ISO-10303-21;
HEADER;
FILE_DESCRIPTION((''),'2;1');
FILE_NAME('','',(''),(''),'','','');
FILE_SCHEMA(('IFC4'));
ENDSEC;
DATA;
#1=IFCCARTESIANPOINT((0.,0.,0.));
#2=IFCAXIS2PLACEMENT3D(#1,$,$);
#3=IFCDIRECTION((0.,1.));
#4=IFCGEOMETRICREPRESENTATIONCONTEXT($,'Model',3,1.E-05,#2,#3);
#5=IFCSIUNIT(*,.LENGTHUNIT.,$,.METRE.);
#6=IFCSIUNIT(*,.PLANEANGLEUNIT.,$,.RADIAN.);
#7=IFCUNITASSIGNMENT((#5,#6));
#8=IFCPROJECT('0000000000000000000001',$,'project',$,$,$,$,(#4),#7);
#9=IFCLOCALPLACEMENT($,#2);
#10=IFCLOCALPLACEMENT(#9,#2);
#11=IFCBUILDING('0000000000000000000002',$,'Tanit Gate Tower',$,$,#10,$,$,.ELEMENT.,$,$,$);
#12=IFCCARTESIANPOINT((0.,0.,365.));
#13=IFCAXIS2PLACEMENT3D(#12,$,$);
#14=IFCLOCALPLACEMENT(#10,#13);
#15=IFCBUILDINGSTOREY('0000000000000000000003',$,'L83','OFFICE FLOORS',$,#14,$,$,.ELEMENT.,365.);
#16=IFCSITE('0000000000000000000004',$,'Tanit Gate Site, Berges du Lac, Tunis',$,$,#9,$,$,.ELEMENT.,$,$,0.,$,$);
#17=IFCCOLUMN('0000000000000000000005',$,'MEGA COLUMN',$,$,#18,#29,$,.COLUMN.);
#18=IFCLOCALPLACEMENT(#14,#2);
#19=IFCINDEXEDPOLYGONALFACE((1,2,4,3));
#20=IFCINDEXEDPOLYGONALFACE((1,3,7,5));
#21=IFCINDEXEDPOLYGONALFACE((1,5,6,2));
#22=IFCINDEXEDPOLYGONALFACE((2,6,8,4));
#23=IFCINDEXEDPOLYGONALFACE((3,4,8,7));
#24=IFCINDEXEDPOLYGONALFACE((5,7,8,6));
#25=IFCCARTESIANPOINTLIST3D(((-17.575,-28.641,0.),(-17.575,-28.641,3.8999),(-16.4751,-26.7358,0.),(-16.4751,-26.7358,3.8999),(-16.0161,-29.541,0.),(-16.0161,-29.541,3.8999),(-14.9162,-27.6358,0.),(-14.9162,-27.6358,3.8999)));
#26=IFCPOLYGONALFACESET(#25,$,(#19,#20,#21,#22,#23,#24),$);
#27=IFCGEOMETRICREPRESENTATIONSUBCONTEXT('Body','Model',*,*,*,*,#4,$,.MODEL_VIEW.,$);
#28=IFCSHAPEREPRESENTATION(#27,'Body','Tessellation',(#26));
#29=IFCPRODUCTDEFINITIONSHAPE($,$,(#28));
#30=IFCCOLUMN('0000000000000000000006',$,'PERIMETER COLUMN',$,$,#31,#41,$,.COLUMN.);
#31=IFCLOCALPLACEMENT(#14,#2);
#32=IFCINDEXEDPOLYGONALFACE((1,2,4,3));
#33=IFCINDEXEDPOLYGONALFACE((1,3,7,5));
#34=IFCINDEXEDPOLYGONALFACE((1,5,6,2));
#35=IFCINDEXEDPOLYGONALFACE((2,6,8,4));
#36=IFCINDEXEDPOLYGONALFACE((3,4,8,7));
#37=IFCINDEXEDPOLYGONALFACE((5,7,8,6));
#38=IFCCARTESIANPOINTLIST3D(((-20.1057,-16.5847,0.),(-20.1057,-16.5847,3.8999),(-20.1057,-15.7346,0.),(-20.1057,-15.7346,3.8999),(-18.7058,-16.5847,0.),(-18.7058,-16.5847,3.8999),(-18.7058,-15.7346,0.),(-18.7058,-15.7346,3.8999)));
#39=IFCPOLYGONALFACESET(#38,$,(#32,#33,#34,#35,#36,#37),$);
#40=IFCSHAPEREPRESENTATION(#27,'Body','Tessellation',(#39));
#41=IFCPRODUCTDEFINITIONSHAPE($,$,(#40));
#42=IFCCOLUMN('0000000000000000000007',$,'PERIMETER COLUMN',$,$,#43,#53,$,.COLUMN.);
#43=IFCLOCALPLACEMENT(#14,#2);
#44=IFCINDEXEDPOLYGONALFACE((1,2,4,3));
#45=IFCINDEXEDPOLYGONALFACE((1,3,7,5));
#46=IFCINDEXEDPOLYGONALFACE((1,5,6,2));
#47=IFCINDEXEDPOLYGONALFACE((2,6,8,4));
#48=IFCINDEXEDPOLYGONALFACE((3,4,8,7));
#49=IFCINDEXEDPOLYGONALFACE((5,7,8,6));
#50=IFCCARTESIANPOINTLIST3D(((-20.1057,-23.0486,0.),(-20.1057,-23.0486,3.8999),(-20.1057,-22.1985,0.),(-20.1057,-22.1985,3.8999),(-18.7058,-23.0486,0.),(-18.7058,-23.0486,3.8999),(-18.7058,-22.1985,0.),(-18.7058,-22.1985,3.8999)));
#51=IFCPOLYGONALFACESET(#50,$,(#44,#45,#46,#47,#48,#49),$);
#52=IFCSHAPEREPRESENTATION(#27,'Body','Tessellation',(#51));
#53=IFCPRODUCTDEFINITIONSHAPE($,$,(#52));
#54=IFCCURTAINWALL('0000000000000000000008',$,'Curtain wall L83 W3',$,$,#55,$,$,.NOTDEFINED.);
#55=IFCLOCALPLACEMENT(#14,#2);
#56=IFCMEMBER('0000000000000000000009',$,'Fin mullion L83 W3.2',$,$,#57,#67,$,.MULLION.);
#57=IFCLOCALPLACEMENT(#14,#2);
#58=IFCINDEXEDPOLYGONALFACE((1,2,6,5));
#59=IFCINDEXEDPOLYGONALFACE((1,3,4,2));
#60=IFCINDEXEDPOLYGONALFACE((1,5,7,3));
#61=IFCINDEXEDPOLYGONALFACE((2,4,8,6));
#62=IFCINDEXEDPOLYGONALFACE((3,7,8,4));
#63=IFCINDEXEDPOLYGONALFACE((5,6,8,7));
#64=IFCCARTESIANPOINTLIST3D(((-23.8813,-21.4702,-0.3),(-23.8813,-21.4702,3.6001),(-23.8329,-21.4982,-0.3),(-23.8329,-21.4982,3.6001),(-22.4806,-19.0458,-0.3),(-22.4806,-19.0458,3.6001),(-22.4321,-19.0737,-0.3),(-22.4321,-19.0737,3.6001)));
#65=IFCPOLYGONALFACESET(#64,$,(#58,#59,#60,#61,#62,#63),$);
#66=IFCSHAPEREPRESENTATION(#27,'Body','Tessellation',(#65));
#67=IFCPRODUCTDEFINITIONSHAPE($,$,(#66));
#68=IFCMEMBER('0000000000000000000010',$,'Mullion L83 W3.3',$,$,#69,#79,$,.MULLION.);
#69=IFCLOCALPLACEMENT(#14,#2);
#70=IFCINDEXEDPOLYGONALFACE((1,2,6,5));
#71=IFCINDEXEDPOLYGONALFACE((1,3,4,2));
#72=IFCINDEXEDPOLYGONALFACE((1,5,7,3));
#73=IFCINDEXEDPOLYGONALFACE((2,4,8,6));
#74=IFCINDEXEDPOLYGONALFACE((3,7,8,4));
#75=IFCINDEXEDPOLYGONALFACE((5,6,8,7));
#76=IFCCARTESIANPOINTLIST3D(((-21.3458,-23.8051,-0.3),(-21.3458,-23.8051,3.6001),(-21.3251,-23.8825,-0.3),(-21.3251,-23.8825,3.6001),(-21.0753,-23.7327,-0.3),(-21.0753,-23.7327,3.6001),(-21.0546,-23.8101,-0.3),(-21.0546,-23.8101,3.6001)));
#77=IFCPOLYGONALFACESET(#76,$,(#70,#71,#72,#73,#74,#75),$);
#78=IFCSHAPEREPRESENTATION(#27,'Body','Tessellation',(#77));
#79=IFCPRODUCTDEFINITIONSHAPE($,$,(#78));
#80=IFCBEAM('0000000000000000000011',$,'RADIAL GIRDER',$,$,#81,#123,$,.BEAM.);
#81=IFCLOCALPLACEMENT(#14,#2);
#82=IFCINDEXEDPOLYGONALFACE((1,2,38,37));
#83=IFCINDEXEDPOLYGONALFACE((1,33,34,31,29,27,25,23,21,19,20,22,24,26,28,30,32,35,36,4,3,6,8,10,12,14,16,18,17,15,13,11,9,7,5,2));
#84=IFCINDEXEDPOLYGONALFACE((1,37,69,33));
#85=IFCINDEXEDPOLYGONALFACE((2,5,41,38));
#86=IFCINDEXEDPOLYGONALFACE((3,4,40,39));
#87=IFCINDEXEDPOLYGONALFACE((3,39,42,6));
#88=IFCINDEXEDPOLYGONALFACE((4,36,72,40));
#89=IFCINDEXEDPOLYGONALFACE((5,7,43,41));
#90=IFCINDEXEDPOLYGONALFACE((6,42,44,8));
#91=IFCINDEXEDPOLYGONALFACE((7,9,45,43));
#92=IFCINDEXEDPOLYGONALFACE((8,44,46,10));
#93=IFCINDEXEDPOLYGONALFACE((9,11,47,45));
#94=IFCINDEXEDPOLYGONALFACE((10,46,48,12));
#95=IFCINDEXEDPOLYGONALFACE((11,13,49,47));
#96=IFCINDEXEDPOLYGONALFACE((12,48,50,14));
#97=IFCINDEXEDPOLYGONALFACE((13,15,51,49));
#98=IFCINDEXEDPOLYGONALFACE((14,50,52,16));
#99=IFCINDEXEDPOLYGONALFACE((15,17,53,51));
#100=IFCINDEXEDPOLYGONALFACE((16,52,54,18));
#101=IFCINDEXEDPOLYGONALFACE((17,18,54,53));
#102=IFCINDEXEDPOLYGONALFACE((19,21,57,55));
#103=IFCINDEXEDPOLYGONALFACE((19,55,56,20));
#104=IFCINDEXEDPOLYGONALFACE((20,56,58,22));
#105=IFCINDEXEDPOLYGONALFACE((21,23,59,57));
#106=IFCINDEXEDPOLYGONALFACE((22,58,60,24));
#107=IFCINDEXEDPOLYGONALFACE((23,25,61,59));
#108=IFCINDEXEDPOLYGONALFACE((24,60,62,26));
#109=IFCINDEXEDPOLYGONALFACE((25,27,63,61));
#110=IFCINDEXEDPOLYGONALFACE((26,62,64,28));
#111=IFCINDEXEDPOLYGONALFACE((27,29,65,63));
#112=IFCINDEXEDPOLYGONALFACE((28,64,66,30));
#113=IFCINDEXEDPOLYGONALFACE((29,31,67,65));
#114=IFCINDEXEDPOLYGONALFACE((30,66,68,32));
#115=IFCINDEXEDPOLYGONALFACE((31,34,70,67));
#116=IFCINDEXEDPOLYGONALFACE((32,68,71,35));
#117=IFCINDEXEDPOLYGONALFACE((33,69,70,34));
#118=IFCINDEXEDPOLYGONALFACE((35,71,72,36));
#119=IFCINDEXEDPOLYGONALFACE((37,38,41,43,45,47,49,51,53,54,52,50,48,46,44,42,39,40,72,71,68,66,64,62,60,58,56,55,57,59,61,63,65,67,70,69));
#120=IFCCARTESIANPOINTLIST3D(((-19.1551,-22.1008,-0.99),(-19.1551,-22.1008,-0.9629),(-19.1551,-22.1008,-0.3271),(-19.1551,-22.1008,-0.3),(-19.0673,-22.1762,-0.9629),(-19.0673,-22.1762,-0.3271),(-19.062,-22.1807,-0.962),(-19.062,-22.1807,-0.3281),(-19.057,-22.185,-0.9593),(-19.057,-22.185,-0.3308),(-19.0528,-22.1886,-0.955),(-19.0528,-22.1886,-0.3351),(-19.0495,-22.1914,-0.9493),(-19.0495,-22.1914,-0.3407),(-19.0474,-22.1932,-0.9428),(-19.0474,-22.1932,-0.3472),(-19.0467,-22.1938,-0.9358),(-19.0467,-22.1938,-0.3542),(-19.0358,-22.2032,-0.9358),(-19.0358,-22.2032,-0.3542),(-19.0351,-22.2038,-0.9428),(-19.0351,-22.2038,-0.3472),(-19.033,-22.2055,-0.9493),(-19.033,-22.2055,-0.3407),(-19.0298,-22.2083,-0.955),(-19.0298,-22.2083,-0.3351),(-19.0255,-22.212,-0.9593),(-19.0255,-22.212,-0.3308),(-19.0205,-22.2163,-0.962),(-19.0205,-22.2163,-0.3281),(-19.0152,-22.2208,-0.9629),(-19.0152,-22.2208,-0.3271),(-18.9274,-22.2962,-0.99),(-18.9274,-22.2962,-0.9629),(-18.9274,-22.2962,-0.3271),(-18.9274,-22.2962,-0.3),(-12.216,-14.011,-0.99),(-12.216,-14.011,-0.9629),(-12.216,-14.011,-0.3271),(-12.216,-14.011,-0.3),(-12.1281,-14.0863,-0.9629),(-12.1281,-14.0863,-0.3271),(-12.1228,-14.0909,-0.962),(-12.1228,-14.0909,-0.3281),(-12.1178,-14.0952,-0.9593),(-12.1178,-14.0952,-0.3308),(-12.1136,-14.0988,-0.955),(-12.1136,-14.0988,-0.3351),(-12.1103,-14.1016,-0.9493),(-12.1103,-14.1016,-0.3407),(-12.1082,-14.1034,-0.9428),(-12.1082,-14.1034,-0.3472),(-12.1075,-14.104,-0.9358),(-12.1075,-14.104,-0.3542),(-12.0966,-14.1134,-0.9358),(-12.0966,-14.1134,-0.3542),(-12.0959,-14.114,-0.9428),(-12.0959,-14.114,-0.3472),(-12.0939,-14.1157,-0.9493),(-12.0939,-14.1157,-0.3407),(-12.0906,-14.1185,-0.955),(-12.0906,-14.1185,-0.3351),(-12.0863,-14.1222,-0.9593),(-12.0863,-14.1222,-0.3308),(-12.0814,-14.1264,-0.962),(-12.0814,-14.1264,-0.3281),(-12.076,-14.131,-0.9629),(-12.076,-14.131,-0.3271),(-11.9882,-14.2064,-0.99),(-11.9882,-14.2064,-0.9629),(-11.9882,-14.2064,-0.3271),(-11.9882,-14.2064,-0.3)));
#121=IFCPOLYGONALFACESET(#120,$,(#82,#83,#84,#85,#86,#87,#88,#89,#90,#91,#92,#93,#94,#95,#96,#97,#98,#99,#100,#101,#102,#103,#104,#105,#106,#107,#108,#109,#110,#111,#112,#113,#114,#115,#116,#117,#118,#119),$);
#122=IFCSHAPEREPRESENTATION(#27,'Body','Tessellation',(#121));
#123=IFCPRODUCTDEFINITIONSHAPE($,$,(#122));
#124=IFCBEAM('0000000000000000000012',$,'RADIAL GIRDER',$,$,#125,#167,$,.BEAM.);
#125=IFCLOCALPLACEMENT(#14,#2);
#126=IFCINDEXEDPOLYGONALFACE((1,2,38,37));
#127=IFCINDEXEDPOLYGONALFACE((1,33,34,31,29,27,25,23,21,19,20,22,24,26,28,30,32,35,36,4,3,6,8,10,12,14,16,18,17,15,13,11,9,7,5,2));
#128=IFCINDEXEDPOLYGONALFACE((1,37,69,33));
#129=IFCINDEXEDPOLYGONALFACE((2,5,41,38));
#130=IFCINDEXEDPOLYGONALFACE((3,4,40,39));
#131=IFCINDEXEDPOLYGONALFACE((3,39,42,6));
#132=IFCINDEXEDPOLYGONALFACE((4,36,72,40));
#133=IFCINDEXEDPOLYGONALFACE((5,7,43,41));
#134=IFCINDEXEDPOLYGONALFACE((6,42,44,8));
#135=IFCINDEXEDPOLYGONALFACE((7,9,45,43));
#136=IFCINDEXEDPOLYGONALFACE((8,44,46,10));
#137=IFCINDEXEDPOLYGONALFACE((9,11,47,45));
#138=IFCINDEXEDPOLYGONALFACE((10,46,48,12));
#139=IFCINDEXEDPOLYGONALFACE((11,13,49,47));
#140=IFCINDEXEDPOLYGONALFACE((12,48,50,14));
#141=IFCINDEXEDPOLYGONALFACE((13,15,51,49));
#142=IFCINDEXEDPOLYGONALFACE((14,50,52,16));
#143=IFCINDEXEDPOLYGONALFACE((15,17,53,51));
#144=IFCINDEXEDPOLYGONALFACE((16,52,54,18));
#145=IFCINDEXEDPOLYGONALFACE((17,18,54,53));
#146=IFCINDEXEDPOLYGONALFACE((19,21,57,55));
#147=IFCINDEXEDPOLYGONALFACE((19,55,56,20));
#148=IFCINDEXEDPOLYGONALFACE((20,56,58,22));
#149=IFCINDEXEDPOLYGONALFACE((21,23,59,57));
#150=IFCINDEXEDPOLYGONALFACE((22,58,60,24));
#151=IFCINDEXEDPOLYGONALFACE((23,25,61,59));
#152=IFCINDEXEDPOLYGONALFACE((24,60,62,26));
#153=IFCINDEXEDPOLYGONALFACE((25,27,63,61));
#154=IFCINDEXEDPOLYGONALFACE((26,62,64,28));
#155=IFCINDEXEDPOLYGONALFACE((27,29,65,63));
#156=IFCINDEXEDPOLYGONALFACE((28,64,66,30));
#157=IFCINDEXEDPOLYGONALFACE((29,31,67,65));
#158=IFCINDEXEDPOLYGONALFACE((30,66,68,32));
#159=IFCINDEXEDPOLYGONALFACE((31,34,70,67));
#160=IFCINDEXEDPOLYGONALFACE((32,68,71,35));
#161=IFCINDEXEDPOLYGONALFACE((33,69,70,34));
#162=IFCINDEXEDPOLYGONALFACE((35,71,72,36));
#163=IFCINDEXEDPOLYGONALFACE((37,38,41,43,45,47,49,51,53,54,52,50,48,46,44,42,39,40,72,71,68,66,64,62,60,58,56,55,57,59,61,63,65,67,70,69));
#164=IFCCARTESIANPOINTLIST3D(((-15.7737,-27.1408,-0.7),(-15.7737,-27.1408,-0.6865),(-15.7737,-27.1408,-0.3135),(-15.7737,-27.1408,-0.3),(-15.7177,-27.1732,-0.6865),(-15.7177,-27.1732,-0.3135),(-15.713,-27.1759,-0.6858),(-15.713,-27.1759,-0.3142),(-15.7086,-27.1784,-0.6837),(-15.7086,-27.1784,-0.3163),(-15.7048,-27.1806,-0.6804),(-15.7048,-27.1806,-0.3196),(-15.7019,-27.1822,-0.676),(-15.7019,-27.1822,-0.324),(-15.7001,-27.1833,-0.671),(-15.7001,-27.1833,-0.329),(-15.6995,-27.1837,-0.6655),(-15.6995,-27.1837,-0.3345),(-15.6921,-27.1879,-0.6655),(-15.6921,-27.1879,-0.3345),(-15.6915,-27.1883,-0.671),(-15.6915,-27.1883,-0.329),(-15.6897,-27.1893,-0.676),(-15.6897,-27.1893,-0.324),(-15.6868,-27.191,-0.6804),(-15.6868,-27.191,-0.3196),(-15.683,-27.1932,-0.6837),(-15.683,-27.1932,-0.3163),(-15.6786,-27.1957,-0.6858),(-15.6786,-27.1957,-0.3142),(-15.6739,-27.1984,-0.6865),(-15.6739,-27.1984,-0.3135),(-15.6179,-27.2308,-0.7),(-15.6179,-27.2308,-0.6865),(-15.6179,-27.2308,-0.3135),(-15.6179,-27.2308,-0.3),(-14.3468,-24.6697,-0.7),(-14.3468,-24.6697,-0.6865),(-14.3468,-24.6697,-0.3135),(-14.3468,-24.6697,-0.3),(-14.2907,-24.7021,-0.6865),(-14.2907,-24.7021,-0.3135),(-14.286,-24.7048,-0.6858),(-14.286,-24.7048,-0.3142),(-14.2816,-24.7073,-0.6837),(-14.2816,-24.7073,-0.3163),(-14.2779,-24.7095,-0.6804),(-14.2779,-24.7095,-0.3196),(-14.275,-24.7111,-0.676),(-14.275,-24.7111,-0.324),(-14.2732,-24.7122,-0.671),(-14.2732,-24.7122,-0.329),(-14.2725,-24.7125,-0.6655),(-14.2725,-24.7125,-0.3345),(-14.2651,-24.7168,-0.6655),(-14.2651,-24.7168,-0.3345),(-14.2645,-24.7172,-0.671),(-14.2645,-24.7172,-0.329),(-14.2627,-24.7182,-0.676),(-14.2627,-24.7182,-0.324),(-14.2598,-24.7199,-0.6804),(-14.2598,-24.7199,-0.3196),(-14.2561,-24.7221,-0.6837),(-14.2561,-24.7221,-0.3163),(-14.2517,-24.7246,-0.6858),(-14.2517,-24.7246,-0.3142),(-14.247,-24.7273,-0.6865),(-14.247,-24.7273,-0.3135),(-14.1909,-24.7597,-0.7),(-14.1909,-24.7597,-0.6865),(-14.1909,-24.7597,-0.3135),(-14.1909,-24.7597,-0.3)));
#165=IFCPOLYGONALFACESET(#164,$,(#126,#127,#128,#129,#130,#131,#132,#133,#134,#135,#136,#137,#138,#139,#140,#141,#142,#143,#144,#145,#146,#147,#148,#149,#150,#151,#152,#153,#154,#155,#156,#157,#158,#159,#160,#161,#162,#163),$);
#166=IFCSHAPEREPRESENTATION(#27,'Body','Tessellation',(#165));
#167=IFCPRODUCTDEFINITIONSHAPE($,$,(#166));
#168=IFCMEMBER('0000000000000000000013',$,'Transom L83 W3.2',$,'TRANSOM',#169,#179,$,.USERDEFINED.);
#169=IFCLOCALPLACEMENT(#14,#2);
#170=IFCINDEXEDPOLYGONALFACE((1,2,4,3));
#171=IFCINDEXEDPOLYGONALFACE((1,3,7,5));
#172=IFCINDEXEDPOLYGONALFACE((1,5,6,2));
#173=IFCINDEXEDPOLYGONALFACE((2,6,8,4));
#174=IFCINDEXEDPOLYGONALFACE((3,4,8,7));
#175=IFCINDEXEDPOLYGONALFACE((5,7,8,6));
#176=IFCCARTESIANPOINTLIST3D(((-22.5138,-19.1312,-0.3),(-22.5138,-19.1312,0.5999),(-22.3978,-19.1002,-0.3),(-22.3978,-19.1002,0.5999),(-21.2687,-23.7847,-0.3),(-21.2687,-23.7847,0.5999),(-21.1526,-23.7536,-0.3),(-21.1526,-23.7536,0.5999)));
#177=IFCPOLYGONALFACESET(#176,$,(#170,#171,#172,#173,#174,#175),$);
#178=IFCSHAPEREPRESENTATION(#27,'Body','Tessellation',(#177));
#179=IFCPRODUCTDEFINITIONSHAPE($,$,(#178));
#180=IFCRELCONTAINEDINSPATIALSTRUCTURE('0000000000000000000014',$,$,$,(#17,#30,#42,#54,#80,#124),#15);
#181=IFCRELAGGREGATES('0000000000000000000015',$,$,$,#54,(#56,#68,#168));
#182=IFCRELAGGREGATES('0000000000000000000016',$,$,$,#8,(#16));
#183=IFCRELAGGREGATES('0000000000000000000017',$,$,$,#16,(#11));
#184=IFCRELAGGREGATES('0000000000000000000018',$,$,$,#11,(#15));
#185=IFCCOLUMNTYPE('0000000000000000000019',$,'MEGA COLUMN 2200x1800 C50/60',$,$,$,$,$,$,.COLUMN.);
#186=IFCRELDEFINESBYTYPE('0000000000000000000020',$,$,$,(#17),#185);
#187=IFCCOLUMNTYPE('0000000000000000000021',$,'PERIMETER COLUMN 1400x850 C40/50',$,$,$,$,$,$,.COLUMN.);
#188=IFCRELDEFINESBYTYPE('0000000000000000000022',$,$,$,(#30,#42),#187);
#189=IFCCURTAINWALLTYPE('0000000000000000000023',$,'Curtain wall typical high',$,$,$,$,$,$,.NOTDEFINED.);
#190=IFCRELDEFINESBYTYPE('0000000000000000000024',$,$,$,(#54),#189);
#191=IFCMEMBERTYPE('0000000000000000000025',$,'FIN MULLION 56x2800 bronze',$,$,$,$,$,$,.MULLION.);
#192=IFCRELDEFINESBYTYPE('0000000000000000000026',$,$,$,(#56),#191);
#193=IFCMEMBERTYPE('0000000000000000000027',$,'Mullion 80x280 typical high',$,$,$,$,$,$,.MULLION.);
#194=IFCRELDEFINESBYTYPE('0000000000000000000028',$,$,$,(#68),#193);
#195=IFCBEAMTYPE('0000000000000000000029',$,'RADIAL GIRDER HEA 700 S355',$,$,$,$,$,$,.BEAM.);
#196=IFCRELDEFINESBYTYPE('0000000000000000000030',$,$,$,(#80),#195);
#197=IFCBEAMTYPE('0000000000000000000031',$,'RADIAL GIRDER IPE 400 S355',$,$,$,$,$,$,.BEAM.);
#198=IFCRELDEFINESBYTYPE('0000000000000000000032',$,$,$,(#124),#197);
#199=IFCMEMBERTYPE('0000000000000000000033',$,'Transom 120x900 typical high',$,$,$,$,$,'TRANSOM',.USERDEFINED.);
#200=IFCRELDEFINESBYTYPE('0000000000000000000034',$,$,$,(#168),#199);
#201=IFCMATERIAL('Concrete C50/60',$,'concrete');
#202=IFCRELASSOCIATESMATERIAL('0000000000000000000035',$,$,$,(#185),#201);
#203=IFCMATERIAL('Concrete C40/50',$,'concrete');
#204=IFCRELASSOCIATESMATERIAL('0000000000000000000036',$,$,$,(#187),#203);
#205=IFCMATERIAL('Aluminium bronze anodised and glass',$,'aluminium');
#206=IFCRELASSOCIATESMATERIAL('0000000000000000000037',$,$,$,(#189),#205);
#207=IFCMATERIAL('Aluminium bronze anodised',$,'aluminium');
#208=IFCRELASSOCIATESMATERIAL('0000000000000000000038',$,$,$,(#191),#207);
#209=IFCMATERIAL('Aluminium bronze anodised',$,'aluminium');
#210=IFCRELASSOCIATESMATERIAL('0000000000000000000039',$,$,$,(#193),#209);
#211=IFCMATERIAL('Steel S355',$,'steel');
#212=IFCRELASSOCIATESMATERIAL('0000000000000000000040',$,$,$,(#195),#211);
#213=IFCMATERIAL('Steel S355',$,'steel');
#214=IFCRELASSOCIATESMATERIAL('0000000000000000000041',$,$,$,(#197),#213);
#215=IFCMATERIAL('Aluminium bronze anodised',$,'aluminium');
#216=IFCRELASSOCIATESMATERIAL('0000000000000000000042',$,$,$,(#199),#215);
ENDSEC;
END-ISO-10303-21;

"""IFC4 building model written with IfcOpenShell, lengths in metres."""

from ifc_helpers import new_model, si_unit, direction, frame, origin, origin_2d, place, context, subcontext, project, spatial, rectangle, i_section, extrude, material, material_profile, profile_set, type_object, element, aggregate, save


model = new_model("IFC4")

# Units and contexts
model_context = context("Model", 3, precision=1e-05, world=origin(), true_north=direction((0.0, 1.0)))
body_context = subcontext(model_context, "Body", "Model", "MODEL_VIEW")
ifc_project = project(units=[si_unit("LENGTHUNIT", "METRE"), si_unit("PLANEANGLEUNIT", "RADIAN")], contexts=[model_context])

# Site, building, storey
site_placement = place(None, origin())
site = spatial("IfcSite", under=ifc_project, at=site_placement, Name="Tanit Gate Site, Berges du Lac, Tunis", CompositionType="ELEMENT", RefElevation=0.0)
building_placement = place(site_placement, origin())
building = spatial("IfcBuilding", under=site, at=building_placement, Name="Tanit Gate Tower", CompositionType="ELEMENT")
storey_placement = place(building_placement, frame((0.0, 0.0, 365.0)))
storey = spatial("IfcBuildingStorey", under=building, at=storey_placement, Name="L83", Description="OFFICE FLOORS", CompositionType="ELEMENT", Elevation=365.0)

# Columns
ifc_material_1 = material(Name="Concrete C50/60", Category="concrete")
ifc_material_profile_1 = material_profile(ifc_material_1, rectangle(XDim=2.2, YDim=1.8, at=origin_2d()), Name="RC 2200x1800")
ifc_profile_set_1 = profile_set([ifc_material_profile_1], Name="Concrete C50/60")
column_type_1 = type_object("IfcColumnType", Name="MEGA COLUMN 2200x1800 C50/60", PredefinedType="COLUMN", material=ifc_profile_set_1)
column_placement = place(storey_placement, frame((-16.2456, -28.1384, 0.0), z_axis=(0.0, 0.0, 1.0), x_axis=(-0.5, -0.866025, 0.0)))
element("IfcColumn", 1, at=column_placement, inside=storey, type_object=column_type_1, Name="MEGA COLUMN", PredefinedType="COLUMN", context=body_context, shape_type="SweptSolid", body=[
    extrude(rectangle(XDim=2.2, YDim=1.8, at=origin_2d()), origin(), (0.0, 0.0, 1.0), 3.8999),
])
ifc_material_2 = material(Name="Concrete C40/50", Category="concrete")
ifc_material_profile_2 = material_profile(ifc_material_2, rectangle(XDim=1.3999, YDim=0.8501, at=origin_2d()), Name="RC 1400x850")
ifc_profile_set_2 = profile_set([ifc_material_profile_2], Name="Concrete C40/50")
column_type_2 = type_object("IfcColumnType", Name="PERIMETER COLUMN 1400x850 C40/50", PredefinedType="COLUMN", material=ifc_profile_set_2)
for number, where, z_axis, x_axis, name in (
    (2, (-19.4058, -16.1597, 0.0), (0.0, 0.0, 1.0), (-1.0, 0.0, 0.0), "PERIMETER COLUMN"),
    (3, (-19.4058, -22.6235, 0.0), (0.0, 0.0, 1.0), (-1.0, 0.0, 0.0), "PERIMETER COLUMN"),
):
    element("IfcColumn", number, at=place(storey_placement, frame(where, z_axis=z_axis, x_axis=x_axis)), inside=storey, type_object=column_type_2, Name=name, PredefinedType="COLUMN", context=body_context, shape_type="SweptSolid", body=[
        extrude(rectangle(XDim=1.3999, YDim=0.8501, at=origin_2d()), origin(), (0.0, 0.0, 1.0), 3.8999),
    ])

# Curtain wall, members
ifc_material_3 = material(Name="Aluminium bronze anodised and glass", Category="aluminium")
curtain_wall_type = type_object("IfcCurtainWallType", Name="Curtain wall typical high", PredefinedType="NOTDEFINED", material=ifc_material_3)
curtain_wall_placement = place(storey_placement, origin())
curtain_wall = element("IfcCurtainWall", 4, at=curtain_wall_placement, inside=storey, type_object=curtain_wall_type, Name="Curtain wall L83 W3", PredefinedType="NOTDEFINED")
ifc_material_4 = material(Name="Aluminium bronze anodised", Category="aluminium")
ifc_material_profile_3 = material_profile(ifc_material_4, rectangle(XDim=2.8, YDim=0.0559, at=origin_2d()), Name="56x2800 bronze fin mullion")
ifc_profile_set_3 = profile_set([ifc_material_profile_3], Name="Aluminium bronze anodised")
member_type_1 = type_object("IfcMemberType", Name="FIN MULLION 56x2800 bronze", PredefinedType="MULLION", material=ifc_profile_set_3)
member_1_placement = place(storey_placement, frame((-23.1567, -20.272, -0.3), z_axis=(0.0, 0.0, 1.0), x_axis=(0.500272, 0.865868, 0.0)))
member_1 = element("IfcMember", 5, at=member_1_placement, type_object=member_type_1, Name="Fin mullion L83 W3.2", PredefinedType="MULLION", context=body_context, shape_type="SweptSolid", body=[
    extrude(rectangle(XDim=2.8, YDim=0.0559, at=origin_2d()), origin(), (0.0, 0.0, 1.0), 3.9001),
])
ifc_material_5 = material(Name="Aluminium bronze anodised", Category="aluminium")
ifc_material_profile_4 = material_profile(ifc_material_5, rectangle(XDim=0.28, YDim=0.0801, at=origin_2d()), Name="80x280 bronze mullion")
ifc_profile_set_4 = profile_set([ifc_material_profile_4], Name="Aluminium bronze anodised")
member_type_2 = type_object("IfcMemberType", Name="Mullion 80x280 typical high", PredefinedType="MULLION", material=ifc_profile_set_4)
member_2_placement = place(storey_placement, frame((-21.2002, -23.8076, -0.3), z_axis=(0.0, 0.0, 1.0), x_axis=(0.966007, 0.258516, 0.0)))
member_2 = element("IfcMember", 6, at=member_2_placement, type_object=member_type_2, Name="Mullion L83 W3.3", PredefinedType="MULLION", context=body_context, shape_type="SweptSolid", body=[
    extrude(rectangle(XDim=0.28, YDim=0.0801, at=origin_2d()), origin(), (0.0, 0.0, 1.0), 3.9001),
])

# Beams
ifc_material_6 = material(Name="Steel S355", Category="steel")
ifc_material_profile_5 = material_profile(ifc_material_6, i_section(OverallWidth=0.3, OverallDepth=0.6899, WebThickness=0.0144, FlangeThickness=0.0271, FilletRadius=0.0271, at=origin_2d()), Name="HEA 700")
ifc_profile_set_5 = profile_set([ifc_material_profile_5], Name="Steel S355")
beam_type_1 = type_object("IfcBeamType", Name="RADIAL GIRDER HEA 700 S355", PredefinedType="BEAM", material=ifc_profile_set_5)
beam_1_placement = place(storey_placement, frame((-19.0413, -22.1985, -0.645), z_axis=(0.651065, 0.759022, 0.0), x_axis=(-0.759022, 0.651065, 0.0)))
element("IfcBeam", 7, at=beam_1_placement, inside=storey, type_object=beam_type_1, Name="RADIAL GIRDER", PredefinedType="BEAM", context=body_context, shape_type="SweptSolid", body=[
    extrude(i_section(OverallWidth=0.3, OverallDepth=0.6899, WebThickness=0.0144, FlangeThickness=0.0271, FilletRadius=0.0271, at=origin_2d()), origin(), (0.0, 0.0, 1.0), 10.6582),
])
ifc_material_7 = material(Name="Steel S355", Category="steel")
ifc_material_profile_6 = material_profile(ifc_material_7, i_section(OverallWidth=0.1799, OverallDepth=0.3999, WebThickness=0.0085, FlangeThickness=0.0134, FilletRadius=0.021, at=origin_2d()), Name="IPE 400")
ifc_profile_set_6 = profile_set([ifc_material_profile_6], Name="Steel S355")
beam_type_2 = type_object("IfcBeamType", Name="RADIAL GIRDER IPE 400 S355", PredefinedType="BEAM", material=ifc_profile_set_6)
beam_2_placement = place(storey_placement, frame((-15.6958, -27.1858, -0.5), z_axis=(0.500068, 0.865986, 0.0), x_axis=(-0.865986, 0.500068, 0.0)))
element("IfcBeam", 8, at=beam_2_placement, inside=storey, type_object=beam_type_2, Name="RADIAL GIRDER", PredefinedType="BEAM", context=body_context, shape_type="SweptSolid", body=[
    extrude(i_section(OverallWidth=0.1799, OverallDepth=0.3999, WebThickness=0.0085, FlangeThickness=0.0134, FilletRadius=0.021, at=origin_2d()), origin(), (0.0, 0.0, 1.0), 2.8535),
])

# Member
ifc_material_8 = material(Name="Aluminium bronze anodised", Category="aluminium")
ifc_material_profile_7 = material_profile(ifc_material_8, rectangle(XDim=0.1201, YDim=0.8999, at=origin_2d()), Name="120x900 bronze transom")
ifc_profile_set_7 = profile_set([ifc_material_profile_7], Name="Aluminium bronze anodised")
member_type_3 = type_object("IfcMemberType", Name="Transom 120x900 typical high", ElementType="TRANSOM", PredefinedType="USERDEFINED", material=ifc_profile_set_7)
member_3_placement = place(storey_placement, frame((-22.4558, -19.1157, 0.1499), z_axis=(0.258483, -0.966016, 0.0), x_axis=(0.966016, 0.258483, 0.0)))
member_3 = element("IfcMember", 9, at=member_3_placement, type_object=member_type_3, Name="Transom L83 W3.2", ObjectType="TRANSOM", PredefinedType="USERDEFINED", context=body_context, shape_type="SweptSolid", body=[
    extrude(rectangle(XDim=0.1201, YDim=0.8999, at=origin_2d()), origin(), (0.0, 0.0, 1.0), 4.8171),
])

aggregate(curtain_wall, [member_1, member_2, member_3])

save(model, "model.ifc")
